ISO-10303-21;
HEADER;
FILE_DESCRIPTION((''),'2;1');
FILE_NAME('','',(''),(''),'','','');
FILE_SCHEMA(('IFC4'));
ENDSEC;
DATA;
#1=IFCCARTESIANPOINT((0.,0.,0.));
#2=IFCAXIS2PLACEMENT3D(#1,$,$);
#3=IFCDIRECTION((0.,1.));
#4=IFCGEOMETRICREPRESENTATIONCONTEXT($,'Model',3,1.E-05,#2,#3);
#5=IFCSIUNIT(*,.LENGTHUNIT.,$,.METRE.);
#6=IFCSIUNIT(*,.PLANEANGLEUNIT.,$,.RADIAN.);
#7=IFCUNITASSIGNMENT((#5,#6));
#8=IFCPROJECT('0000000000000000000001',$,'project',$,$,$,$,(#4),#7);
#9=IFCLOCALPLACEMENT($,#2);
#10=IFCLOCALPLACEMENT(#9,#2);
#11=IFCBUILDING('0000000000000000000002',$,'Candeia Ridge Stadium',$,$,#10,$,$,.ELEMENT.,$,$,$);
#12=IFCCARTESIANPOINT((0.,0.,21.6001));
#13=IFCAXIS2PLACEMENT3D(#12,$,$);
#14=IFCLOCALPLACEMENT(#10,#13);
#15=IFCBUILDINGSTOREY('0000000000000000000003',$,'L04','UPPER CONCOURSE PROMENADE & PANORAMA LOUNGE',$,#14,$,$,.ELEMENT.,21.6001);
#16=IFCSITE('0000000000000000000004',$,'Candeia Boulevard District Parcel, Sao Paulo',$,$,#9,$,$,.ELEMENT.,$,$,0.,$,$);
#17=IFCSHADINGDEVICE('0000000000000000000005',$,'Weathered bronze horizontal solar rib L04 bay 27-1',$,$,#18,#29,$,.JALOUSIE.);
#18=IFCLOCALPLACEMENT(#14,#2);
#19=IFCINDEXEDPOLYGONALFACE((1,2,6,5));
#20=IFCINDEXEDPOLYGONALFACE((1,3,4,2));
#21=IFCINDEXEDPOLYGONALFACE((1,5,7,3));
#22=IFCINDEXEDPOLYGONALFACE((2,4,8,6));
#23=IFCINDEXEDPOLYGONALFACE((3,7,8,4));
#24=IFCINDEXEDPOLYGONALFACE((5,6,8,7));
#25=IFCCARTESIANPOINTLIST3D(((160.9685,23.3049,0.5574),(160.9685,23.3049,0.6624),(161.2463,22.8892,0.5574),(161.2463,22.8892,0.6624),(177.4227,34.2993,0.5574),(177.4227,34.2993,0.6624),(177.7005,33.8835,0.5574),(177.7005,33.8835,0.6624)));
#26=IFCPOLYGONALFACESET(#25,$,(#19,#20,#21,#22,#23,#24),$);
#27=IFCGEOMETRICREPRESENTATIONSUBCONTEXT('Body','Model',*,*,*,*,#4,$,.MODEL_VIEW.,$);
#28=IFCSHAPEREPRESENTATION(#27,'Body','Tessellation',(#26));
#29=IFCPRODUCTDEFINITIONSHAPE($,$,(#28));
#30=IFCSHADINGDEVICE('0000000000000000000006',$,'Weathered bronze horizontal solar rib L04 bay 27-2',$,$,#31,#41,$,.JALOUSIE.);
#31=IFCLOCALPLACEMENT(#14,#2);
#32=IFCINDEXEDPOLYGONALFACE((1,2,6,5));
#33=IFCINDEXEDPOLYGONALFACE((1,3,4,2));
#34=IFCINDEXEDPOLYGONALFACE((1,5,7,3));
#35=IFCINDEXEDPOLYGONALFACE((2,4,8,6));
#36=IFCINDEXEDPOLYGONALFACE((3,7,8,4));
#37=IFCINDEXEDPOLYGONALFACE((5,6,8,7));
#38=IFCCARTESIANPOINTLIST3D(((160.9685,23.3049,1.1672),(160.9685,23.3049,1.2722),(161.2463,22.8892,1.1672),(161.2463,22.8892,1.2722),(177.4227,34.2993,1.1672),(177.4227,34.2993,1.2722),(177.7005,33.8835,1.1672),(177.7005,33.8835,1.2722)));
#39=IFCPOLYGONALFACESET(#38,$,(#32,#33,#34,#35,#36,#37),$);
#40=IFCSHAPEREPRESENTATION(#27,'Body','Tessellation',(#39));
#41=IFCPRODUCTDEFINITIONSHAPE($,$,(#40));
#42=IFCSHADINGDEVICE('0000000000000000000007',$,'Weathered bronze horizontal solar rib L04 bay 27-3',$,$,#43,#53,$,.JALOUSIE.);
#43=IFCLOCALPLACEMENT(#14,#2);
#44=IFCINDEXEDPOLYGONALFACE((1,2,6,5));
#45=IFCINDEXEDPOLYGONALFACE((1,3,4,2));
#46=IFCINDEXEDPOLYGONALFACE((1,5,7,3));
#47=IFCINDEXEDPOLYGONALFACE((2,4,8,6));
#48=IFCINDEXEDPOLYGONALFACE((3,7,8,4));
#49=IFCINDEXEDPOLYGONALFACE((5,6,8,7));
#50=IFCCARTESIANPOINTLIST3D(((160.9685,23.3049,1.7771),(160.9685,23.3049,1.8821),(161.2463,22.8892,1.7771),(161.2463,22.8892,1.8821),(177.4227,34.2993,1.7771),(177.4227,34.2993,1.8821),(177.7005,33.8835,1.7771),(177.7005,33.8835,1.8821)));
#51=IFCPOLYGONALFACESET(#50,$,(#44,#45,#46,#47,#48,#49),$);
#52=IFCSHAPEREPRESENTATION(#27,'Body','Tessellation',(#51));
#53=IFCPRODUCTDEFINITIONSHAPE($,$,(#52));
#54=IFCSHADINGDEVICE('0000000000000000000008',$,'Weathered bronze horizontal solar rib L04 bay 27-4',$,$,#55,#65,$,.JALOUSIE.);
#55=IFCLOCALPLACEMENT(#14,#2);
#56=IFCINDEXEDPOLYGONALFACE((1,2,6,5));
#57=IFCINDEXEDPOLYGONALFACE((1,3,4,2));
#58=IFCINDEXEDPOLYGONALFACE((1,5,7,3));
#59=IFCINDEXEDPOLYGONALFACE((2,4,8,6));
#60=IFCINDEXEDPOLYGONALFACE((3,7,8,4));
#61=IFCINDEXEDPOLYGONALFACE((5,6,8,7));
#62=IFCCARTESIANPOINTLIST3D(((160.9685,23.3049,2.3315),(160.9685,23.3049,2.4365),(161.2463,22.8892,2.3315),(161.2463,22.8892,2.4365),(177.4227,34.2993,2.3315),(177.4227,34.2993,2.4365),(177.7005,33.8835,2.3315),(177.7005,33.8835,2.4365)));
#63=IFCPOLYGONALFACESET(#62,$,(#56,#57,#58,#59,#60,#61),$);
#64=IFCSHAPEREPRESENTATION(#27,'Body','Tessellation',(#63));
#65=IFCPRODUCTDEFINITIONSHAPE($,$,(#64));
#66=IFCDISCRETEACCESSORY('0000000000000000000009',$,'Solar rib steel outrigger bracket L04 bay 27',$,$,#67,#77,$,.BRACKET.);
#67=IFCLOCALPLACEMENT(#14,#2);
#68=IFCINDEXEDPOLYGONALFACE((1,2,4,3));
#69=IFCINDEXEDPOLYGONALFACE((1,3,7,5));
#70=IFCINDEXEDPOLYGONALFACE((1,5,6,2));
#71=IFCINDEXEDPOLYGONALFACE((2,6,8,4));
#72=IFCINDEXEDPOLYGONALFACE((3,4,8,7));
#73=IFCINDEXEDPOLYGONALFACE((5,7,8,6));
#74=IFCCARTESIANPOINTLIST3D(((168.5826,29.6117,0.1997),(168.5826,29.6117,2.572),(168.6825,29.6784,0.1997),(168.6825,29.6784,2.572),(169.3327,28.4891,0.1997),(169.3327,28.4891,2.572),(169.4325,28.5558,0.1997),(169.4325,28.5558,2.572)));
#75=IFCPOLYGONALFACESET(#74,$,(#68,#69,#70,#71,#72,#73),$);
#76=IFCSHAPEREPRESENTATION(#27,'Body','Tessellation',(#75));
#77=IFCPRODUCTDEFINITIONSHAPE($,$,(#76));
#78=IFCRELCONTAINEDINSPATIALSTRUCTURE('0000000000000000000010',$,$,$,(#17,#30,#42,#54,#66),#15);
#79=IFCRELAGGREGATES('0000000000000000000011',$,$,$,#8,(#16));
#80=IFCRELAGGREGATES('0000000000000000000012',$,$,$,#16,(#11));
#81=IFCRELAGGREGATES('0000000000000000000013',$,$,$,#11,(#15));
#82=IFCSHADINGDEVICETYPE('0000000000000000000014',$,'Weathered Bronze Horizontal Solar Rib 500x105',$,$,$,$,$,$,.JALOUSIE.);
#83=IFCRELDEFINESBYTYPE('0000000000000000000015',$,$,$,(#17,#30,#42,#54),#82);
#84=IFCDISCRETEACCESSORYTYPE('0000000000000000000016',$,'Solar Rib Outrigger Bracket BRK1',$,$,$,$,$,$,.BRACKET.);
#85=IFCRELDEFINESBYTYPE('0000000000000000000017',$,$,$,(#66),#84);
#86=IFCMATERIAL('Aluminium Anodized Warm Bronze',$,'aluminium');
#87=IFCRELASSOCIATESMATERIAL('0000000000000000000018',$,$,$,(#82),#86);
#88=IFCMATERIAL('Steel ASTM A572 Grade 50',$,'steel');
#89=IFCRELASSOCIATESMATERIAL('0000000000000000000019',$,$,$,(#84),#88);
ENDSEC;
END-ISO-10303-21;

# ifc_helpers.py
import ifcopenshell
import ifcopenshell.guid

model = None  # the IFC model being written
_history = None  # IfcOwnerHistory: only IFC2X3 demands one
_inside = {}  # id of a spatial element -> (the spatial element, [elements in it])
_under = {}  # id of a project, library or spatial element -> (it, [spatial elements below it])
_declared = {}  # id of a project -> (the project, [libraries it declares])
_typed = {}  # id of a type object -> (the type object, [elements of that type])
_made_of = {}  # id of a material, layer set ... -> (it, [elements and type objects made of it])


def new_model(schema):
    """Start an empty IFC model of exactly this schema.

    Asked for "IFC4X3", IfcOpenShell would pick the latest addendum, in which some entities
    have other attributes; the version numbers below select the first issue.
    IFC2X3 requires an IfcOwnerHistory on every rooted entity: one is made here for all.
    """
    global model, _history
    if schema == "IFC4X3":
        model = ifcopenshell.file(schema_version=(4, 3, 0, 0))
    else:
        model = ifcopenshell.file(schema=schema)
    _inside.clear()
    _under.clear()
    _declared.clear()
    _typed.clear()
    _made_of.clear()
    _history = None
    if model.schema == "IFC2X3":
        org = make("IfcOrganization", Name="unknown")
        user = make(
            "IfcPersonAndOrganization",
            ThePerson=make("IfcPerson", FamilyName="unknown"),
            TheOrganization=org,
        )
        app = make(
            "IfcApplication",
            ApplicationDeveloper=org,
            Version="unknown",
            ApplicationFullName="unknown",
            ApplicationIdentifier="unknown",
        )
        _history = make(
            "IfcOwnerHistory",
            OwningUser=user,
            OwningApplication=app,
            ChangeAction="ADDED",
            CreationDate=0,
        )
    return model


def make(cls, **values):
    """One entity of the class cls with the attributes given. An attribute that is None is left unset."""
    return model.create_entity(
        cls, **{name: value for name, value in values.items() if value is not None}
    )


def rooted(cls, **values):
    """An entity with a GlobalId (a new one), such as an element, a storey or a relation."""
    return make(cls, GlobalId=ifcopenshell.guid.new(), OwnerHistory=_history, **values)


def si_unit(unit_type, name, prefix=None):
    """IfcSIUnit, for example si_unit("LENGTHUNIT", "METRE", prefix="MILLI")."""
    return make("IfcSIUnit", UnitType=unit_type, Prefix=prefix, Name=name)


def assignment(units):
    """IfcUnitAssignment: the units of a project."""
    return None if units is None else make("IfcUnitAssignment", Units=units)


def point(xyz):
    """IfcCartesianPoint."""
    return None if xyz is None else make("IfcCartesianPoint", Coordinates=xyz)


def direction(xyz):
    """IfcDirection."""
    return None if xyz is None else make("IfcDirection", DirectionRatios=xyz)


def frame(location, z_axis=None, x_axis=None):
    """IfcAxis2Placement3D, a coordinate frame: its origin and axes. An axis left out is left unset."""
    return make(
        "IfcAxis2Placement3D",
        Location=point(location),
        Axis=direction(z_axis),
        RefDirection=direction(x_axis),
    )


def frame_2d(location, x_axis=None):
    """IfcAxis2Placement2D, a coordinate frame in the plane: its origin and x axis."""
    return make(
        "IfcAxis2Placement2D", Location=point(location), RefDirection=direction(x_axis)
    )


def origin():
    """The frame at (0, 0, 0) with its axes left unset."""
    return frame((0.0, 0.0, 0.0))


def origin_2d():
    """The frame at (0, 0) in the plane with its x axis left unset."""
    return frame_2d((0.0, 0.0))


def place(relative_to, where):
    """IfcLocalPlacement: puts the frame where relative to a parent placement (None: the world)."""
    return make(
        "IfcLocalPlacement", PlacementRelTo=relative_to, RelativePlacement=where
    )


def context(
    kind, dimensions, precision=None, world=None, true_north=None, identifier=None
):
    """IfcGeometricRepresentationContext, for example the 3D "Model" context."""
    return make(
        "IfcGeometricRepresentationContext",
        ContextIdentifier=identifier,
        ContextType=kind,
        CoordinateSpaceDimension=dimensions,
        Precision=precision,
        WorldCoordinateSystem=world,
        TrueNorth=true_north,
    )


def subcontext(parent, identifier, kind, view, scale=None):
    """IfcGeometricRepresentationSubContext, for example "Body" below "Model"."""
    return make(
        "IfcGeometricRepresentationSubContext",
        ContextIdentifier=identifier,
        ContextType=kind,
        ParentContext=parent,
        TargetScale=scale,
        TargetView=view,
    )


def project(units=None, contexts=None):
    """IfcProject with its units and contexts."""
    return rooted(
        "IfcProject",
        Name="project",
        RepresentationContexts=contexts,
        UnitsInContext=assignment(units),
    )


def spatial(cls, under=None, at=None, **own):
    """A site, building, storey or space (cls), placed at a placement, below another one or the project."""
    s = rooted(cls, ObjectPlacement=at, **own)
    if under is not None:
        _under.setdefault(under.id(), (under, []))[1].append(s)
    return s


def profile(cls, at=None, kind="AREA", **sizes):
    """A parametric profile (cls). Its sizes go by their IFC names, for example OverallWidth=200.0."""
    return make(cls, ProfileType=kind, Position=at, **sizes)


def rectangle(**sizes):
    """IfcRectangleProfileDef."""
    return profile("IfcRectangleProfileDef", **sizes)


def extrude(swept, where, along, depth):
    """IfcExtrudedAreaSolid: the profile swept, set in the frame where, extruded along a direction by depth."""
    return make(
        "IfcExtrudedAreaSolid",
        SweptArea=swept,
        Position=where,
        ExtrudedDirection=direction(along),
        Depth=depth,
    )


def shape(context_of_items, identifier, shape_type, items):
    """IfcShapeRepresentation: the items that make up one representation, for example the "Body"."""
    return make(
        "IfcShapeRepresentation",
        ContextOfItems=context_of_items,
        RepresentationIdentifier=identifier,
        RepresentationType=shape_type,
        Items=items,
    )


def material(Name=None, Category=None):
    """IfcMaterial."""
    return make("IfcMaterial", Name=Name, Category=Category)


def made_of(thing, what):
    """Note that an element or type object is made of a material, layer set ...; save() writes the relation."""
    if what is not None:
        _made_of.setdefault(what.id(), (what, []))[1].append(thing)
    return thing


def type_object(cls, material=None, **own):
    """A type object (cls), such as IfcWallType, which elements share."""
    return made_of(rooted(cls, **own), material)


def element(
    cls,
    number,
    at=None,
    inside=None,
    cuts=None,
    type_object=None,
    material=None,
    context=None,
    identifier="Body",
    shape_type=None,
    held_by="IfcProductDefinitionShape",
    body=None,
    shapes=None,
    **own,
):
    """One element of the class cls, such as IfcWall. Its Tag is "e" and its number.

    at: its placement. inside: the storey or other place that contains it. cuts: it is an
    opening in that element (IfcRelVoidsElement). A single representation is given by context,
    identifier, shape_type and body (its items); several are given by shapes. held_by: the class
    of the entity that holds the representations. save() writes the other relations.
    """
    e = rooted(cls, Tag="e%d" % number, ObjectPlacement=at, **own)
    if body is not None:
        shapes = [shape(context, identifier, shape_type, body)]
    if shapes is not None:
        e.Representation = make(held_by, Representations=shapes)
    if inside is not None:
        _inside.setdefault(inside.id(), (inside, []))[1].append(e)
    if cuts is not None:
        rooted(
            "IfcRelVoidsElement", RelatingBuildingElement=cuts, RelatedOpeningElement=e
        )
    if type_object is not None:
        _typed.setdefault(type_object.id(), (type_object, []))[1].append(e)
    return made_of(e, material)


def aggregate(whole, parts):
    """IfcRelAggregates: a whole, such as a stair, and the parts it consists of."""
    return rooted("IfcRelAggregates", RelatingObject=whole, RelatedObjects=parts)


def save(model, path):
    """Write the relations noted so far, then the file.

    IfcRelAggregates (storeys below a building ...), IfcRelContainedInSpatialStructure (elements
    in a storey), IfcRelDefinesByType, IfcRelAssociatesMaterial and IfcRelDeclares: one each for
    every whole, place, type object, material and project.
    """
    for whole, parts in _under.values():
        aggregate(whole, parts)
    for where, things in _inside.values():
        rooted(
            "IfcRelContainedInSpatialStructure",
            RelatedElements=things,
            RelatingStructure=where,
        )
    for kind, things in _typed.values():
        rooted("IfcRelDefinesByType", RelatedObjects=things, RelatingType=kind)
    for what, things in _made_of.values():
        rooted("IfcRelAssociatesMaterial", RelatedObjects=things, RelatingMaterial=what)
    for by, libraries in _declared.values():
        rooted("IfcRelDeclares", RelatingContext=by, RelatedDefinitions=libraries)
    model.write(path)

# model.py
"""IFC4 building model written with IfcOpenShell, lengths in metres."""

from ifc_helpers import new_model, si_unit, direction, frame, origin, origin_2d, place, context, subcontext, project, spatial, rectangle, extrude, material, type_object, element, save


model = new_model("IFC4")

# Units and contexts
model_context = context("Model", 3, precision=1e-05, world=origin(), true_north=direction((0.0, 1.0)))
body_context = subcontext(model_context, "Body", "Model", "MODEL_VIEW")
ifc_project = project(units=[si_unit("LENGTHUNIT", "METRE"), si_unit("PLANEANGLEUNIT", "RADIAN")], contexts=[model_context])

# Site, building, storey
site_placement = place(None, origin())
site = spatial("IfcSite", under=ifc_project, at=site_placement, Name="Candeia Boulevard District Parcel, Sao Paulo", CompositionType="ELEMENT", RefElevation=0.0)
building_placement = place(site_placement, origin())
building = spatial("IfcBuilding", under=site, at=building_placement, Name="Candeia Ridge Stadium", CompositionType="ELEMENT")
storey_placement = place(building_placement, frame((0.0, 0.0, 21.6001)))
storey = spatial("IfcBuildingStorey", under=building, at=storey_placement, Name="L04", Description="UPPER CONCOURSE PROMENADE & PANORAMA LOUNGE", CompositionType="ELEMENT", Elevation=21.6001)

# Shared definitions
ifc_material_1 = material(Name="Aluminium Anodized Warm Bronze", Category="aluminium")

# Shading devices
shading_device_type = type_object("IfcShadingDeviceType", Name="Weathered Bronze Horizontal Solar Rib 500x105", PredefinedType="JALOUSIE", material=ifc_material_1)
for number, where, z_axis, x_axis, name in (
    (1, (169.3345, 28.5942, 0.5574), (0.0, 0.0, 1.0), (0.83147, 0.55557, 0.0), "Weathered bronze horizontal solar rib L04 bay 27-1"),
    (2, (169.3345, 28.5942, 1.1672), (0.0, 0.0, 1.0), (0.83147, 0.55557, 0.0), "Weathered bronze horizontal solar rib L04 bay 27-2"),
    (3, (169.3345, 28.5942, 1.7771), (0.0, 0.0, 1.0), (0.83147, 0.55557, 0.0), "Weathered bronze horizontal solar rib L04 bay 27-3"),
    (4, (169.3345, 28.5942, 2.3315), (0.0, 0.0, 1.0), (0.83147, 0.55557, 0.0), "Weathered bronze horizontal solar rib L04 bay 27-4"),
):
    element("IfcShadingDevice", number, at=place(storey_placement, frame(where, z_axis=z_axis, x_axis=x_axis)), inside=storey, type_object=shading_device_type, Name=name, PredefinedType="JALOUSIE", context=body_context, shape_type="SweptSolid", body=[
        extrude(rectangle(XDim=19.7893, YDim=0.5, at=origin_2d()), origin(), (0.0, 0.0, 1.0), 0.105),
    ])

# Discrete accessory
ifc_material_2 = material(Name="Steel ASTM A572 Grade 50", Category="steel")
discrete_accessory_type = type_object("IfcDiscreteAccessoryType", Name="Solar Rib Outrigger Bracket BRK1", PredefinedType="BRACKET", material=ifc_material_2)
discrete_accessory_placement = place(storey_placement, frame((169.0076, 29.0837, 0.1997), z_axis=(0.0, 0.0, 1.0), x_axis=(0.55557, -0.83147, 0.0)))
element("IfcDiscreteAccessory", 5, at=discrete_accessory_placement, inside=storey, type_object=discrete_accessory_type, Name="Solar rib steel outrigger bracket L04 bay 27", PredefinedType="BRACKET", context=body_context, shape_type="SweptSolid", body=[
    extrude(rectangle(XDim=1.3501, YDim=0.1201, at=origin_2d()), origin(), (0.0, 0.0, 1.0), 2.3723),
])

save(model, "model.ifc")
